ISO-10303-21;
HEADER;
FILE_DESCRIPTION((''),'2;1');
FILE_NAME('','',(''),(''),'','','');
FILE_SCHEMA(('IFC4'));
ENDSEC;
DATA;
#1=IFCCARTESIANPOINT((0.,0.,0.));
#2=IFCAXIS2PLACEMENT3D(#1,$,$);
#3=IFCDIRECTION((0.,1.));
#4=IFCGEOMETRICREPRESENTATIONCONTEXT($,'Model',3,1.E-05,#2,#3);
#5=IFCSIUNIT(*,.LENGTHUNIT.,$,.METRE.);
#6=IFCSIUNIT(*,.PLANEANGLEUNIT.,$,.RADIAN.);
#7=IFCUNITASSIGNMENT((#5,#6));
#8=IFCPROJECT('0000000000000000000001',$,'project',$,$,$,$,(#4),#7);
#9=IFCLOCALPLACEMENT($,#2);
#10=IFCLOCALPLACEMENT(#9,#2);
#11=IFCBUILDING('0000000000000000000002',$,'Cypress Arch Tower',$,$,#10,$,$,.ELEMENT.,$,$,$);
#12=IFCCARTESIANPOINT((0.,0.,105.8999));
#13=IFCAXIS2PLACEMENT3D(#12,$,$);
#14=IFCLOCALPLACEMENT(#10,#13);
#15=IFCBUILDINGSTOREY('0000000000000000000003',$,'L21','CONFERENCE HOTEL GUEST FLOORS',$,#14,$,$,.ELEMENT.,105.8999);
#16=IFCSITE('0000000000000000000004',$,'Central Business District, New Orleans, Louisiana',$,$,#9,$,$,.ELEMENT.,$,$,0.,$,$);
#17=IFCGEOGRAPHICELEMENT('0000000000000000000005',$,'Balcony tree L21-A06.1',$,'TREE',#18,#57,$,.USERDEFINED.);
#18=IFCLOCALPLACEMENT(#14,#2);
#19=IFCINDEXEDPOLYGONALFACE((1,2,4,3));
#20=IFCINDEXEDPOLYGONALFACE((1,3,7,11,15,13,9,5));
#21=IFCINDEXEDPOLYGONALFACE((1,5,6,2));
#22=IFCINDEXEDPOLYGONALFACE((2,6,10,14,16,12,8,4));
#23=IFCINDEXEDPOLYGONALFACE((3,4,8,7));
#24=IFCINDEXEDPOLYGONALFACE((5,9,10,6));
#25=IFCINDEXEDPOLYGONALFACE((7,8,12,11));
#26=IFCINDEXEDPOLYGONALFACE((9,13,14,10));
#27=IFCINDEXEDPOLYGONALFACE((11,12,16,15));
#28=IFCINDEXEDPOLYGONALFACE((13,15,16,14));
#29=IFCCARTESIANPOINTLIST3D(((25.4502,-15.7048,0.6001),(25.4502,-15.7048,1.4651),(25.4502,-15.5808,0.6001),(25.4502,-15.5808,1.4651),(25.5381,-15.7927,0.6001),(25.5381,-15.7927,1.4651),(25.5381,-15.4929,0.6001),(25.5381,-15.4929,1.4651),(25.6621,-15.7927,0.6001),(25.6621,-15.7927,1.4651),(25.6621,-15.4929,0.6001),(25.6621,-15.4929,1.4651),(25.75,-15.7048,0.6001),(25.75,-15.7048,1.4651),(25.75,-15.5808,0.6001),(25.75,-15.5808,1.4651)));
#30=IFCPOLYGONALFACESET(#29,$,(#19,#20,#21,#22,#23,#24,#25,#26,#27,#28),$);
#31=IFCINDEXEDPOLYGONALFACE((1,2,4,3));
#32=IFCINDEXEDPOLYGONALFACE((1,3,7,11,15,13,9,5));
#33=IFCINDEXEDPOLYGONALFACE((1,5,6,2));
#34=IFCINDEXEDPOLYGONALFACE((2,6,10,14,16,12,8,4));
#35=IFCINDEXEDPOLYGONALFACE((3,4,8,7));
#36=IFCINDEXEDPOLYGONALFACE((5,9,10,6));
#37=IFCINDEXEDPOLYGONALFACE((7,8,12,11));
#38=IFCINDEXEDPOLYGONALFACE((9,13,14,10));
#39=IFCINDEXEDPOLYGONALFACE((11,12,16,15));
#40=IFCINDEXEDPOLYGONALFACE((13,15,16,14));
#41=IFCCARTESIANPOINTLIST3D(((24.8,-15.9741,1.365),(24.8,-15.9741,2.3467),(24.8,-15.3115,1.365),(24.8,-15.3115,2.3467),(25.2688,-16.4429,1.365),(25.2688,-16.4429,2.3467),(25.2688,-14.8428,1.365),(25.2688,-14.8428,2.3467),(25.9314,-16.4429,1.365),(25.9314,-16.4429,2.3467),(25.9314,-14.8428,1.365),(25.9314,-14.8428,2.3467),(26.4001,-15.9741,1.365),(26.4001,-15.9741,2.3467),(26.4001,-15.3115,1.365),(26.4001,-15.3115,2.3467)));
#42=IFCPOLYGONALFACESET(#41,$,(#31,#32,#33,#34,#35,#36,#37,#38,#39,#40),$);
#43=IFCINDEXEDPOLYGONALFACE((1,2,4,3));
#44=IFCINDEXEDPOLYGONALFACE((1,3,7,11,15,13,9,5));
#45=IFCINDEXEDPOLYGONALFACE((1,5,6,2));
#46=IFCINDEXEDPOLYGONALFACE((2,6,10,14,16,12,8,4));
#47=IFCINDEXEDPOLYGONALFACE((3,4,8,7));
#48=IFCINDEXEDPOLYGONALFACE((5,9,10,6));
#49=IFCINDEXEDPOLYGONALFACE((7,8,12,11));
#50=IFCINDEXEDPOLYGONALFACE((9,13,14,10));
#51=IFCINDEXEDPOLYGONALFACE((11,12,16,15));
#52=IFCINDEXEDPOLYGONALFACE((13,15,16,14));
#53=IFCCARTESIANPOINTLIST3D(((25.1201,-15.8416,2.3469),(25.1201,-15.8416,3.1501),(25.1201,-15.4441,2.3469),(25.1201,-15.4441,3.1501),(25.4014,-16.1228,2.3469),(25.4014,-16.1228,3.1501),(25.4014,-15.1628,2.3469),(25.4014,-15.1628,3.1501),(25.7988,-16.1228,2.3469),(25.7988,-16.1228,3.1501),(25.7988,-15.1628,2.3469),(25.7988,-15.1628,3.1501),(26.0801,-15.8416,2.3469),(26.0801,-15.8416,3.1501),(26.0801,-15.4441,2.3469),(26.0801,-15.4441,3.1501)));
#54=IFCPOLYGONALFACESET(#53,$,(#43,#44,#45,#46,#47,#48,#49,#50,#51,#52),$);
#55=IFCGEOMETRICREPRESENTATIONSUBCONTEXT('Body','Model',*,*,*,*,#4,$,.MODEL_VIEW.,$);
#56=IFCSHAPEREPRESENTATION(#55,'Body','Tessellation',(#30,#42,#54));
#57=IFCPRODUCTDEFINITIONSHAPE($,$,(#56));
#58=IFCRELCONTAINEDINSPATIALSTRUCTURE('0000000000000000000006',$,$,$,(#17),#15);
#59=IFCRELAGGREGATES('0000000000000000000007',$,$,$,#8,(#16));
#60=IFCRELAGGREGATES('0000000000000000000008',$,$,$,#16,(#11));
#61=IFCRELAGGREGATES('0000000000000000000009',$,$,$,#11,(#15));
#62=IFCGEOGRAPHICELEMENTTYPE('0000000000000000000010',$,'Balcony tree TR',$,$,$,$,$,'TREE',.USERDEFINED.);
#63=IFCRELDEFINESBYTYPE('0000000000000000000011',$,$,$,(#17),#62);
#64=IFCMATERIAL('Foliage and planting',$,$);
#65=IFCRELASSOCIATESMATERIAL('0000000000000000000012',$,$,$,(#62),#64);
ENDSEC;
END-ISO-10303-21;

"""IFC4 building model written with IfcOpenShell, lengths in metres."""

from ifc_helpers import new_model, si_unit, direction, frame, origin, place, context, subcontext, project, spatial, polyline, outline, extrude, material, type_object, element, save


model = new_model("IFC4")

# Units and contexts
model_context = context("Model", 3, precision=1e-05, world=origin(), true_north=direction((0.0, 1.0)))
body_context = subcontext(model_context, "Body", "Model", "MODEL_VIEW")
ifc_project = project(units=[si_unit("LENGTHUNIT", "METRE"), si_unit("PLANEANGLEUNIT", "RADIAN")], contexts=[model_context])

# Site, building, storey
site_placement = place(None, origin())
site = spatial("IfcSite", under=ifc_project, at=site_placement, Name="Central Business District, New Orleans, Louisiana", CompositionType="ELEMENT", RefElevation=0.0)
building_placement = place(site_placement, origin())
building = spatial("IfcBuilding", under=site, at=building_placement, Name="Cypress Arch Tower", CompositionType="ELEMENT")
storey_placement = place(building_placement, frame((0.0, 0.0, 105.8999)))
storey = spatial("IfcBuildingStorey", under=building, at=storey_placement, Name="L21", Description="CONFERENCE HOTEL GUEST FLOORS", CompositionType="ELEMENT", Elevation=105.8999)

# Geographic element
ifc_material_1 = material(Name="Foliage and planting")
geographic_element_type = type_object("IfcGeographicElementType", Name="Balcony tree TR", ElementType="TREE", PredefinedType="USERDEFINED", material=ifc_material_1)
geographic_element_placement = place(storey_placement, frame((25.6001, -15.6428, 0.6001), z_axis=(0.0, 0.0, 1.0), x_axis=(1.0, 0.0, 0.0)))
element("IfcGeographicElement", 1, at=geographic_element_placement, inside=storey, type_object=geographic_element_type, Name="Balcony tree L21-A06.1", ObjectType="TREE", PredefinedType="USERDEFINED", context=body_context, shape_type="SweptSolid", body=[
    extrude(outline(polyline([(0.1499, 0.062), (0.062, 0.1499), (-0.062, 0.1499), (-0.1499, 0.062), (-0.1499, -0.062), (-0.062, -0.1499), (0.062, -0.1499), (0.1499, -0.062), (0.1499, 0.062)])), origin(), (0.0, 0.0, 1.0), 0.865),
    extrude(outline(polyline([(0.8, 0.3313), (0.3313, 0.8), (-0.3313, 0.8), (-0.8, 0.3313), (-0.8, -0.3313), (-0.3313, -0.8), (0.3313, -0.8), (0.8, -0.3313), (0.8, 0.3313)])), frame((0.0, 0.0, 0.7649)), (0.0, 0.0, 1.0), 0.9817),
    extrude(outline(polyline([(0.48, 0.1987), (0.1987, 0.48), (-0.1987, 0.48), (-0.48, 0.1987), (-0.48, -0.1987), (-0.1987, -0.48), (0.1987, -0.48), (0.48, -0.1987), (0.48, 0.1987)])), frame((0.0, 0.0, 1.7468)), (0.0, 0.0, 1.0), 0.8032),
])

save(model, "model.ifc")
